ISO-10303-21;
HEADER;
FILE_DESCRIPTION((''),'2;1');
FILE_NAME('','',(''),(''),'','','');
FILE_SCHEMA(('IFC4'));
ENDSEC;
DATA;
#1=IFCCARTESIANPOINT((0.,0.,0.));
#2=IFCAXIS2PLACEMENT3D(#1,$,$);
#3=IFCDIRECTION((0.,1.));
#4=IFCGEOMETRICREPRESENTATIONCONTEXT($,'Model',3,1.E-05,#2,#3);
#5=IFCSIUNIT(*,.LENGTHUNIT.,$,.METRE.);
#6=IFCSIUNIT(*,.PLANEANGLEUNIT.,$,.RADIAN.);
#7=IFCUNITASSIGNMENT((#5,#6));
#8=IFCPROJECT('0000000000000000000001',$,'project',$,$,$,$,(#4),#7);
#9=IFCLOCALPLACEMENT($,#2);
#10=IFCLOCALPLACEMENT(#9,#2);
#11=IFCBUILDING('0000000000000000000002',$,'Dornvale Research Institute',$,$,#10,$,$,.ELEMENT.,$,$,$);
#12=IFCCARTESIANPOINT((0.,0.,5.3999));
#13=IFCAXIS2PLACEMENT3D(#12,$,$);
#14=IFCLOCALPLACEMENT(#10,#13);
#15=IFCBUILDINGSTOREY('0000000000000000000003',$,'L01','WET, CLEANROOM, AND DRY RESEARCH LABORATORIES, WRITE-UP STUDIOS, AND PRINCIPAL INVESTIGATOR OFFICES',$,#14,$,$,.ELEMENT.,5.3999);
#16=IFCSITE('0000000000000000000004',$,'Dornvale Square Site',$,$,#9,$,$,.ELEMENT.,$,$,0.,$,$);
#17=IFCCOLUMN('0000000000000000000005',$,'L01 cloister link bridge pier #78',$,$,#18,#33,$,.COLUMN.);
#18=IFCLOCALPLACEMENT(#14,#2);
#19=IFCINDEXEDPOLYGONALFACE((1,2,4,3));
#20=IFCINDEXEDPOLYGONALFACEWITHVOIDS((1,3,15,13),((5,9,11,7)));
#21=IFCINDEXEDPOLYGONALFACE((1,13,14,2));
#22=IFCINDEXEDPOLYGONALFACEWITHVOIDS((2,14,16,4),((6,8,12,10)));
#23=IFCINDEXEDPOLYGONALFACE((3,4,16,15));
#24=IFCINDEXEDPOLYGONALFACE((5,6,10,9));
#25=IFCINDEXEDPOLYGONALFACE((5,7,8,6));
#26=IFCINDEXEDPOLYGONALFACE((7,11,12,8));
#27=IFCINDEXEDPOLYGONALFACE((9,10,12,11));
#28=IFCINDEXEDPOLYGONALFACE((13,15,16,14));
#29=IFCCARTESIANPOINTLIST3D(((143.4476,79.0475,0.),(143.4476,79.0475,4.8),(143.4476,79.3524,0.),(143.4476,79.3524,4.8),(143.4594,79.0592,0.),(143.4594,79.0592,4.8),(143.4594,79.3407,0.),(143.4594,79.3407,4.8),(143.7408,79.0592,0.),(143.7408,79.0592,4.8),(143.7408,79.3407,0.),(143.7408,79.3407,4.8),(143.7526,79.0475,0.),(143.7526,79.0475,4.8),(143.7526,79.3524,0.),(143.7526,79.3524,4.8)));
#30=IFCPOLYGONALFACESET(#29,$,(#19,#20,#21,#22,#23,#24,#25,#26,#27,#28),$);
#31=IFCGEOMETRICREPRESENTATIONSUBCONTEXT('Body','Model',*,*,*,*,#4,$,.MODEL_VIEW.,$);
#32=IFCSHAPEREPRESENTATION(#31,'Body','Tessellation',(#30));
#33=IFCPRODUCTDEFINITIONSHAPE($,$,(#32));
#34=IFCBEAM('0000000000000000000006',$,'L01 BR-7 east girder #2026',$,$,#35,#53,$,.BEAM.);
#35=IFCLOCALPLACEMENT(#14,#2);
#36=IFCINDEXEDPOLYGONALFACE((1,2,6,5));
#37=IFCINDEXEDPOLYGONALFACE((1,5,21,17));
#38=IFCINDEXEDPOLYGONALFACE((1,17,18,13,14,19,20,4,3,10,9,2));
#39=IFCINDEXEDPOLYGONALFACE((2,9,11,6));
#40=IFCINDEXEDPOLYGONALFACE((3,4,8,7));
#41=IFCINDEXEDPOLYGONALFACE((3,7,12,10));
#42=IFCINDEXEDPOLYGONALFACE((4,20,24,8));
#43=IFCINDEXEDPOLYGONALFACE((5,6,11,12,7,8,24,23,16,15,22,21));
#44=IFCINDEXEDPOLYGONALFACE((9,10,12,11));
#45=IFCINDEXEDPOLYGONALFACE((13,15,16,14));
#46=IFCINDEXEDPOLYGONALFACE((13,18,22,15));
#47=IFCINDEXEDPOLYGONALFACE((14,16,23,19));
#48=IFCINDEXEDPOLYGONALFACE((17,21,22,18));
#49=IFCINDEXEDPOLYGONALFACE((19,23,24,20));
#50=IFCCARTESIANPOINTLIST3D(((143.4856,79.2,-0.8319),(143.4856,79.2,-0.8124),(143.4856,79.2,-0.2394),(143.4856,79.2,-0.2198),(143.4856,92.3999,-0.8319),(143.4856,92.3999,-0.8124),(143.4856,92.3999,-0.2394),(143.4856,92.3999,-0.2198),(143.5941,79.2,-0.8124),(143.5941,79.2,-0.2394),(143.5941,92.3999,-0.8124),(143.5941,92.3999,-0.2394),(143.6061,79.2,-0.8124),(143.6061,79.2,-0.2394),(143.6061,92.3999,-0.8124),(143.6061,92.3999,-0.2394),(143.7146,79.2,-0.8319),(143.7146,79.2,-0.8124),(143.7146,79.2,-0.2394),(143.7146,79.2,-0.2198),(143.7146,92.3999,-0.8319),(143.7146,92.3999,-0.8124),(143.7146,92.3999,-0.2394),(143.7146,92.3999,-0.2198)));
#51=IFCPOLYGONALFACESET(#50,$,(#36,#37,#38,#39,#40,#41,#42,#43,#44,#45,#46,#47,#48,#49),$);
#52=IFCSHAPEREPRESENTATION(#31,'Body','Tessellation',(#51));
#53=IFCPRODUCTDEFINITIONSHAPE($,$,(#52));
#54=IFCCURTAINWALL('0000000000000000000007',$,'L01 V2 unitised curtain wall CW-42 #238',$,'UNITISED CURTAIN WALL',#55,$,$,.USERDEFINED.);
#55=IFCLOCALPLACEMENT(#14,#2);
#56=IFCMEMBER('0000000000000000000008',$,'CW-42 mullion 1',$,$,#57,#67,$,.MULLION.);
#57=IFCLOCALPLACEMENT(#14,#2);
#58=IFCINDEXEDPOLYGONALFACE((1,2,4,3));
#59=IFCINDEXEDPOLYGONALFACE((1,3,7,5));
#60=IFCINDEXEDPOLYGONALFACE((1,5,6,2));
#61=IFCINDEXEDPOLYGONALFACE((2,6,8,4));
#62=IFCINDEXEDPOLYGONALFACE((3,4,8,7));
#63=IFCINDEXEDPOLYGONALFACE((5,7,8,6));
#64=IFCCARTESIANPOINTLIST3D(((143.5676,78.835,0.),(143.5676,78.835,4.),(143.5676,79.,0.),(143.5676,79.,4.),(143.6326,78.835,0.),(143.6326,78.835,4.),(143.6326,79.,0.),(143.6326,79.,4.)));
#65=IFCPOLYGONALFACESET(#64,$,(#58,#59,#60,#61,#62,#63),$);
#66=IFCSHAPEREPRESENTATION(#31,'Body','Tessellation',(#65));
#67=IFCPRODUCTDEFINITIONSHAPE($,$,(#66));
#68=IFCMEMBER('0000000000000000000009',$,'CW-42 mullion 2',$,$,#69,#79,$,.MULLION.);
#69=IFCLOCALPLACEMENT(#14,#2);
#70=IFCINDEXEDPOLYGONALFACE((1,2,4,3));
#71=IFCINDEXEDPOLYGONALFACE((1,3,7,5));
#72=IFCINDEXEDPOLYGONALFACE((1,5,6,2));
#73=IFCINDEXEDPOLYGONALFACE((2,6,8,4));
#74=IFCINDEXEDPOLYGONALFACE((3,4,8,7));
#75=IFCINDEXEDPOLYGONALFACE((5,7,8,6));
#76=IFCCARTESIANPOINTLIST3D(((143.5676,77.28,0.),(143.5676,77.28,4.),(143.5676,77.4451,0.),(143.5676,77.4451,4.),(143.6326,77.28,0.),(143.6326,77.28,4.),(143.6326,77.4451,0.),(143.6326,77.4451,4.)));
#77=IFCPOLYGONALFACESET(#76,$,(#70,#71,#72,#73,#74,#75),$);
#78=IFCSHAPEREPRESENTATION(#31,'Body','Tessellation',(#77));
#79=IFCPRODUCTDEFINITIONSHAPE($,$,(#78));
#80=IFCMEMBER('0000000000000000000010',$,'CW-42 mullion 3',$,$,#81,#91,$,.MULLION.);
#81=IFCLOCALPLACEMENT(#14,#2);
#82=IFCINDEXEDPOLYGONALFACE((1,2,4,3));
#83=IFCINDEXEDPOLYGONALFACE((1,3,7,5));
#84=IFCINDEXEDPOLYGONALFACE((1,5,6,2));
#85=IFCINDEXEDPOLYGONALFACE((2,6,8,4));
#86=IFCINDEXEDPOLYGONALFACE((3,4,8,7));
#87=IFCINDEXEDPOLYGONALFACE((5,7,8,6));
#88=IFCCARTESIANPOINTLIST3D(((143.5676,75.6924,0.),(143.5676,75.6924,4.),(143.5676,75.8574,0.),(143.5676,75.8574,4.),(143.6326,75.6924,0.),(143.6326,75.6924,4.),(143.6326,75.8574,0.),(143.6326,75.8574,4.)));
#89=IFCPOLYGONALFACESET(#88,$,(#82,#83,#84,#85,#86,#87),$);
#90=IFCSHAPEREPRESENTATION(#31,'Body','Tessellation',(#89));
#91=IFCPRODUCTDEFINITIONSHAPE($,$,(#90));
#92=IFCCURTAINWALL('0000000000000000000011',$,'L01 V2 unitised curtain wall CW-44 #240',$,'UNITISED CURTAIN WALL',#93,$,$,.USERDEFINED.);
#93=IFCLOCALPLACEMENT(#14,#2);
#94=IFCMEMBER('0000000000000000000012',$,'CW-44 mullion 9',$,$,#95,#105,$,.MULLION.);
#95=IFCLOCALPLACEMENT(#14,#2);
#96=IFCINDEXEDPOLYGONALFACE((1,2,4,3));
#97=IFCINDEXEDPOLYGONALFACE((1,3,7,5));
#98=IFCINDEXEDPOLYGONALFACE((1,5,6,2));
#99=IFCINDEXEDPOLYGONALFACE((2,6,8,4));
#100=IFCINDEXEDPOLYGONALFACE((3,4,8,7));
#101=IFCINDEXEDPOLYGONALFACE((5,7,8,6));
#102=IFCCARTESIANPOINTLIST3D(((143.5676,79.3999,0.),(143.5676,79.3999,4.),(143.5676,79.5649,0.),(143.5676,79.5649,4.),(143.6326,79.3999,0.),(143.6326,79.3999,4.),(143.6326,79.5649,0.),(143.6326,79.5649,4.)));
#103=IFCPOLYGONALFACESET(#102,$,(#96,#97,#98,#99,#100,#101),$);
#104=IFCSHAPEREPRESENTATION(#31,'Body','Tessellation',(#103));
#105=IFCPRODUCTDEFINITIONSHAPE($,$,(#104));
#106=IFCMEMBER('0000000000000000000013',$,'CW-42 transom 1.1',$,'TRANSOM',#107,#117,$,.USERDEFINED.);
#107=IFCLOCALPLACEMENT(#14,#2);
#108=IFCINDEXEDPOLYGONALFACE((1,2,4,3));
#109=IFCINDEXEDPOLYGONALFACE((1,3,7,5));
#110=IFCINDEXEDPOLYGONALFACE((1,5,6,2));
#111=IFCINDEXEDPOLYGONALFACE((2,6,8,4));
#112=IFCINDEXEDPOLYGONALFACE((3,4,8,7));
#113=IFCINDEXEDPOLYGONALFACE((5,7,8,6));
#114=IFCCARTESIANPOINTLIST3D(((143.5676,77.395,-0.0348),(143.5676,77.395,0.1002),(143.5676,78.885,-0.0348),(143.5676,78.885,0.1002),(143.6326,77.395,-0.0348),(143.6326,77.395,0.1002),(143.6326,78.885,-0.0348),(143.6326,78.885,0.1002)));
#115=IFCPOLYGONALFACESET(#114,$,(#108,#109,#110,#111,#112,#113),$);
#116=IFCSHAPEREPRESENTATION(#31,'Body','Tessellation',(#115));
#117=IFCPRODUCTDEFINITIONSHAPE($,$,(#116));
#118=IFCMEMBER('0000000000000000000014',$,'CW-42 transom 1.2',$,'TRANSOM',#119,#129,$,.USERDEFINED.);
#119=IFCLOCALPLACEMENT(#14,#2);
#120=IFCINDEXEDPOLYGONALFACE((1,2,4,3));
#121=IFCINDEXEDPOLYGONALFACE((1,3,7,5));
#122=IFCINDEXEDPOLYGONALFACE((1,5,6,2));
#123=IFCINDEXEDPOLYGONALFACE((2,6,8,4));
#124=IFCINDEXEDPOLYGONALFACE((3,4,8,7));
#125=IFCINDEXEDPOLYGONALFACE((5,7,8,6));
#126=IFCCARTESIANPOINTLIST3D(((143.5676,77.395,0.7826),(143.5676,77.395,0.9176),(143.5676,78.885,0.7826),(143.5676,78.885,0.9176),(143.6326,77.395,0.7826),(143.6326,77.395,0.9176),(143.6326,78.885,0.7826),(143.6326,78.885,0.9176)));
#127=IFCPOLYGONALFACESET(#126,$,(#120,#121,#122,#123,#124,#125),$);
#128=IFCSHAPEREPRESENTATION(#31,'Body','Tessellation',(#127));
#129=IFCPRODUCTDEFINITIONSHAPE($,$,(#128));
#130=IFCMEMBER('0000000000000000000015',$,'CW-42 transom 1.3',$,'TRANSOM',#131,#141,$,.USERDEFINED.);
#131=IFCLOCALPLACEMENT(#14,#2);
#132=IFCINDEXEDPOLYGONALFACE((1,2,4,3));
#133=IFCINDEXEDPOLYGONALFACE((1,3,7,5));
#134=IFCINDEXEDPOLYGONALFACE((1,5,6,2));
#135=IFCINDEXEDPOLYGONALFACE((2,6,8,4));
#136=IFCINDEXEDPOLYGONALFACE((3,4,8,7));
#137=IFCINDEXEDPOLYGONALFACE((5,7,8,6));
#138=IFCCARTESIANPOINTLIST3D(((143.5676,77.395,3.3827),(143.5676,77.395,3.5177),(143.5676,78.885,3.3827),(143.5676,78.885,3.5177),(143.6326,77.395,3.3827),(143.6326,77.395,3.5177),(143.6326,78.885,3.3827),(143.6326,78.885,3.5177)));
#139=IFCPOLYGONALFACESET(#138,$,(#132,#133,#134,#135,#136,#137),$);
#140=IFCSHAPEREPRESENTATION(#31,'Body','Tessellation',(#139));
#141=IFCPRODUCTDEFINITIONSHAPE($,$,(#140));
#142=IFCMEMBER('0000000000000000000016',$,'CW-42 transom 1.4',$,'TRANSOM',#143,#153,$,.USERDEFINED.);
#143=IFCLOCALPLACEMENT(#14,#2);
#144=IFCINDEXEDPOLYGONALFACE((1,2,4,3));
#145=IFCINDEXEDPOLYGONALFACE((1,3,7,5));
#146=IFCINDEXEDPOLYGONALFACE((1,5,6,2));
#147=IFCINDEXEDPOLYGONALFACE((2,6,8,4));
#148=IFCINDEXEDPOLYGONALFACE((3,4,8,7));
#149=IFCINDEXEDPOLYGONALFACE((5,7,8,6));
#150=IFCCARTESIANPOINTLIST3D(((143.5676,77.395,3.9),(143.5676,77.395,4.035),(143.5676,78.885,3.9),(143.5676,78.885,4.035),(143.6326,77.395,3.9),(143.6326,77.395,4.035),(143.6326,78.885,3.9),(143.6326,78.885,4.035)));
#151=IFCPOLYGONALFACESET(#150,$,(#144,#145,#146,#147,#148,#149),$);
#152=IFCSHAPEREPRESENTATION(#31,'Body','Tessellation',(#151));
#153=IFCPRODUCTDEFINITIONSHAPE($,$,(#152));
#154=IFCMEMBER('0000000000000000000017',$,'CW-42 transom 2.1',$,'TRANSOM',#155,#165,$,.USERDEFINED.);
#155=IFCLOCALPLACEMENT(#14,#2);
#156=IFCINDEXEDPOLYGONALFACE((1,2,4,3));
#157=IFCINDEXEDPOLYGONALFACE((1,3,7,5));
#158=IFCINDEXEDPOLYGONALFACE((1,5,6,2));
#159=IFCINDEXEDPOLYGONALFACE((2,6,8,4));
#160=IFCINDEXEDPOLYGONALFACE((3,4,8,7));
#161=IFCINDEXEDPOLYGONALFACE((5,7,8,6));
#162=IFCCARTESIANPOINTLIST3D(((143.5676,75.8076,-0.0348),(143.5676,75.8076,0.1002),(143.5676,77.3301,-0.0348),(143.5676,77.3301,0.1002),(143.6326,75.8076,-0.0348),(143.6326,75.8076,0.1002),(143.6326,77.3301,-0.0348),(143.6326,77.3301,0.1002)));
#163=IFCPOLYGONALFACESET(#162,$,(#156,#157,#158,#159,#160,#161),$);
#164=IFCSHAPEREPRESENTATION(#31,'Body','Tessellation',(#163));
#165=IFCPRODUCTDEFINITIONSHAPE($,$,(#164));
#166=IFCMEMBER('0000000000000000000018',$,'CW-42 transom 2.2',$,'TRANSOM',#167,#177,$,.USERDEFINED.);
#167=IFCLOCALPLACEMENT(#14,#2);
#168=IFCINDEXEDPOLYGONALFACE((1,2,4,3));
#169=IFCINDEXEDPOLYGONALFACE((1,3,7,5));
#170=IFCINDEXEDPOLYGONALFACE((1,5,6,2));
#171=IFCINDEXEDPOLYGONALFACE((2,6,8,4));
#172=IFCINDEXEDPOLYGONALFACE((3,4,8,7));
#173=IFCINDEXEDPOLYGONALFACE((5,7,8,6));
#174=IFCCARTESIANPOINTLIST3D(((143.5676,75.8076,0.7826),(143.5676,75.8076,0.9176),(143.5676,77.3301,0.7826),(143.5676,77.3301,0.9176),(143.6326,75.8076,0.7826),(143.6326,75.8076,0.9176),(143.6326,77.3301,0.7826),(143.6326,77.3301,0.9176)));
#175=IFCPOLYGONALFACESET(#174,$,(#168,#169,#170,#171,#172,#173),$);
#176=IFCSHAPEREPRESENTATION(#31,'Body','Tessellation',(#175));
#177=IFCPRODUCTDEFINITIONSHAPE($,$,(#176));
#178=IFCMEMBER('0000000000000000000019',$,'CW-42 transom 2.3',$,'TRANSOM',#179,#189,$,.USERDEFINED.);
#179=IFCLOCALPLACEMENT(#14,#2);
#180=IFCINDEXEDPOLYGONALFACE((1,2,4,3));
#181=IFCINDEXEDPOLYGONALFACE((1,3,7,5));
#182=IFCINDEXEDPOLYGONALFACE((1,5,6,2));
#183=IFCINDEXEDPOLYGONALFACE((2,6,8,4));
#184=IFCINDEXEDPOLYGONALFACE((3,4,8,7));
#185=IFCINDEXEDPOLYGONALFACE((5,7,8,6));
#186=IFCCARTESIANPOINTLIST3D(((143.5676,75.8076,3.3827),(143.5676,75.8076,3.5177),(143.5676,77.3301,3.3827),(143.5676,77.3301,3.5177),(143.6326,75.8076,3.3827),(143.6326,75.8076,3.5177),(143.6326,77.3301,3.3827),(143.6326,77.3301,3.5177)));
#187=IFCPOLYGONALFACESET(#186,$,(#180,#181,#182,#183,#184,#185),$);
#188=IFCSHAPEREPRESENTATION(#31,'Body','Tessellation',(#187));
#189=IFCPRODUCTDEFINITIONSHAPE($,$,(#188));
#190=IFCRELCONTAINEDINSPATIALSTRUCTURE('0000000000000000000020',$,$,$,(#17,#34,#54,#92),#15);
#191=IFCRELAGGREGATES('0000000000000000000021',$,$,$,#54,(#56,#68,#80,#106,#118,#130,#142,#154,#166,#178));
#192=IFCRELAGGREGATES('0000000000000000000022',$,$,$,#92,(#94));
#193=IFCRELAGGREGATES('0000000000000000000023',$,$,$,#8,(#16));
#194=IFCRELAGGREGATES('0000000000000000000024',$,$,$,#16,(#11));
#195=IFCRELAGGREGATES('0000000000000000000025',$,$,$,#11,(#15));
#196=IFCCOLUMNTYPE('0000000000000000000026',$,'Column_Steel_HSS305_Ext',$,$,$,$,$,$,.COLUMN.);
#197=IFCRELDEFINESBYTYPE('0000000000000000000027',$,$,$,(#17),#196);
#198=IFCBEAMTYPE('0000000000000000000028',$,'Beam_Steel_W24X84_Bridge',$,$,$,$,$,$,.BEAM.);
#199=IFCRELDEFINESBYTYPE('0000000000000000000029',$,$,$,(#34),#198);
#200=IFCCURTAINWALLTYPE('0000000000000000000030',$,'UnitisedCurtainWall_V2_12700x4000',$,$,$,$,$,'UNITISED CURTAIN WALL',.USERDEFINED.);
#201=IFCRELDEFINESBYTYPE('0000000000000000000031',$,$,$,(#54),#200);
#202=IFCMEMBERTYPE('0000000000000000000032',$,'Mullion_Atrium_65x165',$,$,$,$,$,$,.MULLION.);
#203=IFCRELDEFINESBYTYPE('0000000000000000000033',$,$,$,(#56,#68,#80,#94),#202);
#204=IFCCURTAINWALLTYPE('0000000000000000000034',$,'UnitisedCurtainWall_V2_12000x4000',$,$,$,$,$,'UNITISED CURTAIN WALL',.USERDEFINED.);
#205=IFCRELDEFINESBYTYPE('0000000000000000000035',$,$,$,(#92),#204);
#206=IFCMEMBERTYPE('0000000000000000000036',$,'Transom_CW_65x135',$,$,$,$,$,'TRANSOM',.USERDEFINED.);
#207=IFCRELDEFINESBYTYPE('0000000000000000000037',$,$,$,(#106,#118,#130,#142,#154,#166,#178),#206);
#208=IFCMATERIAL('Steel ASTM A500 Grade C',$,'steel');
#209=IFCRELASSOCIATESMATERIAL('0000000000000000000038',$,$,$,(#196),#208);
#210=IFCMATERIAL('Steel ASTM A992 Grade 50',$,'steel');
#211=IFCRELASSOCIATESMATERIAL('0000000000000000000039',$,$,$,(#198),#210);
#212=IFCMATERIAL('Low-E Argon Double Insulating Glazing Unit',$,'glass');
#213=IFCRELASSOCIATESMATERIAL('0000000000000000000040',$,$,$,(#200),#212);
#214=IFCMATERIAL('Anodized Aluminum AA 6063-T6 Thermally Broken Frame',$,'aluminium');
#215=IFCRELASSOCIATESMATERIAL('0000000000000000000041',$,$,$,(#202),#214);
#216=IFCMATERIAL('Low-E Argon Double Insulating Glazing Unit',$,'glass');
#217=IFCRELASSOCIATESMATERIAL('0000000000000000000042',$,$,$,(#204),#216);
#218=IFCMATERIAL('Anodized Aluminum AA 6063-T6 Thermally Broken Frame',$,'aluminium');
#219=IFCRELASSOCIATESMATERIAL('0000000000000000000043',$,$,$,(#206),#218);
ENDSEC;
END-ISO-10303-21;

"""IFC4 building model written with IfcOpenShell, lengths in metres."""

from ifc_helpers import new_model, si_unit, direction, frame, origin, origin_2d, place, context, subcontext, project, spatial, rectangle, hollow_rectangle, i_section, extrude, material, material_profile, profile_set, type_object, element, aggregate, save


model = new_model("IFC4")

# Units and contexts
model_context = context("Model", 3, precision=1e-05, world=origin(), true_north=direction((0.0, 1.0)))
body_context = subcontext(model_context, "Body", "Model", "MODEL_VIEW")
ifc_project = project(units=[si_unit("LENGTHUNIT", "METRE"), si_unit("PLANEANGLEUNIT", "RADIAN")], contexts=[model_context])

# Site, building, storey
site_placement = place(None, origin())
site = spatial("IfcSite", under=ifc_project, at=site_placement, Name="Dornvale Square Site", CompositionType="ELEMENT", RefElevation=0.0)
building_placement = place(site_placement, origin())
building = spatial("IfcBuilding", under=site, at=building_placement, Name="Dornvale Research Institute", CompositionType="ELEMENT")
storey_placement = place(building_placement, frame((0.0, 0.0, 5.3999)))
storey = spatial("IfcBuildingStorey", under=building, at=storey_placement, Name="L01", Description="WET, CLEANROOM, AND DRY RESEARCH LABORATORIES, WRITE-UP STUDIOS, AND PRINCIPAL INVESTIGATOR OFFICES", CompositionType="ELEMENT", Elevation=5.3999)

# Column
ifc_material_1 = material(Name="Steel ASTM A500 Grade C", Category="steel")
ifc_material_profile_1 = material_profile(ifc_material_1, hollow_rectangle(XDim=0.3049, YDim=0.3049, WallThickness=0.0117, at=origin_2d()), Name="HSS305X305X12.7")
ifc_profile_set_1 = profile_set([ifc_material_profile_1], Name="Steel ASTM A500 Grade C")
column_type = type_object("IfcColumnType", Name="Column_Steel_HSS305_Ext", PredefinedType="COLUMN", material=ifc_profile_set_1)
column_placement = place(storey_placement, frame((143.6001, 79.2, 0.0), z_axis=(0.0, 0.0, 1.0), x_axis=(1.0, 0.0, 0.0)))
element("IfcColumn", 1, at=column_placement, inside=storey, type_object=column_type, Name="L01 cloister link bridge pier #78", PredefinedType="COLUMN", context=body_context, shape_type="SweptSolid", body=[
    extrude(hollow_rectangle(XDim=0.3049, YDim=0.3049, WallThickness=0.0117, at=origin_2d()), origin(), (0.0, 0.0, 1.0), 4.8),
])

# Beam
ifc_material_2 = material(Name="Steel ASTM A992 Grade 50", Category="steel")
ifc_material_profile_2 = material_profile(ifc_material_2, i_section(OverallWidth=0.229, OverallDepth=0.6121, WebThickness=0.012, FlangeThickness=0.0195, at=origin_2d()), Name="W24X84")
ifc_profile_set_2 = profile_set([ifc_material_profile_2], Name="Steel ASTM A992 Grade 50")
beam_type = type_object("IfcBeamType", Name="Beam_Steel_W24X84_Bridge", PredefinedType="BEAM", material=ifc_profile_set_2)
beam_placement = place(storey_placement, frame((143.6001, 79.2, -0.5259), z_axis=(0.0, 1.0, 0.0), x_axis=(-1.0, 0.0, 0.0)))
element("IfcBeam", 2, at=beam_placement, inside=storey, type_object=beam_type, Name="L01 BR-7 east girder #2026", PredefinedType="BEAM", context=body_context, shape_type="SweptSolid", body=[
    extrude(i_section(OverallWidth=0.229, OverallDepth=0.6121, WebThickness=0.012, FlangeThickness=0.0195, at=origin_2d()), origin(), (0.0, 0.0, 1.0), 13.2),
])

# Curtain wall, members
ifc_material_3 = material(Name="Low-E Argon Double Insulating Glazing Unit", Category="glass")
curtain_wall_type_1 = type_object("IfcCurtainWallType", Name="UnitisedCurtainWall_V2_12700x4000", ElementType="UNITISED CURTAIN WALL", PredefinedType="USERDEFINED", material=ifc_material_3)
curtain_wall_1_placement = place(storey_placement, origin())
curtain_wall_1 = element("IfcCurtainWall", 3, at=curtain_wall_1_placement, inside=storey, type_object=curtain_wall_type_1, Name="L01 V2 unitised curtain wall CW-42 #238", ObjectType="UNITISED CURTAIN WALL", PredefinedType="USERDEFINED")
ifc_material_4 = material(Name="Anodized Aluminum AA 6063-T6 Thermally Broken Frame", Category="aluminium")
ifc_material_profile_3 = material_profile(ifc_material_4, rectangle(XDim=0.0649, YDim=0.165, at=origin_2d()), Name="ALU MULLION 65x165")
ifc_profile_set_3 = profile_set([ifc_material_profile_3], Name="Anodized Aluminum AA 6063-T6 Thermally Broken Frame")
member_type_1 = type_object("IfcMemberType", Name="Mullion_Atrium_65x165", PredefinedType="MULLION", material=ifc_profile_set_3)
member_1_placement = place(storey_placement, frame((143.6001, 78.9175, 0.0), z_axis=(0.0, 0.0, 1.0), x_axis=(1.0, 0.0, 0.0)))
member_1 = element("IfcMember", 4, at=member_1_placement, type_object=member_type_1, Name="CW-42 mullion 1", PredefinedType="MULLION", context=body_context, shape_type="SweptSolid", body=[
    extrude(rectangle(XDim=0.0649, YDim=0.165, at=origin_2d()), origin(), (0.0, 0.0, 1.0), 4.0),
])
member_2_placement = place(storey_placement, frame((143.6001, 77.3625, 0.0), z_axis=(0.0, 0.0, 1.0), x_axis=(1.0, 0.0, 0.0)))
member_2 = element("IfcMember", 5, at=member_2_placement, type_object=member_type_1, Name="CW-42 mullion 2", PredefinedType="MULLION", context=body_context, shape_type="SweptSolid", body=[
    extrude(rectangle(XDim=0.0649, YDim=0.165, at=origin_2d()), origin(), (0.0, 0.0, 1.0), 4.0),
])
member_3_placement = place(storey_placement, frame((143.6001, 75.7749, 0.0), z_axis=(0.0, 0.0, 1.0), x_axis=(1.0, 0.0, 0.0)))
member_3 = element("IfcMember", 6, at=member_3_placement, type_object=member_type_1, Name="CW-42 mullion 3", PredefinedType="MULLION", context=body_context, shape_type="SweptSolid", body=[
    extrude(rectangle(XDim=0.0649, YDim=0.165, at=origin_2d()), origin(), (0.0, 0.0, 1.0), 4.0),
])

# Curtain wall, member
ifc_material_5 = material(Name="Low-E Argon Double Insulating Glazing Unit", Category="glass")
curtain_wall_type_2 = type_object("IfcCurtainWallType", Name="UnitisedCurtainWall_V2_12000x4000", ElementType="UNITISED CURTAIN WALL", PredefinedType="USERDEFINED", material=ifc_material_5)
curtain_wall_2_placement = place(storey_placement, origin())
curtain_wall_2 = element("IfcCurtainWall", 7, at=curtain_wall_2_placement, inside=storey, type_object=curtain_wall_type_2, Name="L01 V2 unitised curtain wall CW-44 #240", ObjectType="UNITISED CURTAIN WALL", PredefinedType="USERDEFINED")
member_4_placement = place(storey_placement, frame((143.6001, 79.4824, 0.0), z_axis=(0.0, 0.0, 1.0), x_axis=(1.0, 0.0, 0.0)))
member_4 = element("IfcMember", 8, at=member_4_placement, type_object=member_type_1, Name="CW-44 mullion 9", PredefinedType="MULLION", context=body_context, shape_type="SweptSolid", body=[
    extrude(rectangle(XDim=0.0649, YDim=0.165, at=origin_2d()), origin(), (0.0, 0.0, 1.0), 4.0),
])

# Members
ifc_material_6 = material(Name="Anodized Aluminum AA 6063-T6 Thermally Broken Frame", Category="aluminium")
ifc_material_profile_4 = material_profile(ifc_material_6, rectangle(XDim=0.0649, YDim=0.135, at=origin_2d()), Name="ALU TRANSOM 65x135")
ifc_profile_set_4 = profile_set([ifc_material_profile_4], Name="Anodized Aluminum AA 6063-T6 Thermally Broken Frame")
member_type_2 = type_object("IfcMemberType", Name="Transom_CW_65x135", ElementType="TRANSOM", PredefinedType="USERDEFINED", material=ifc_profile_set_4)
member_5_placement = place(storey_placement, frame((143.6001, 78.885, 0.0327), z_axis=(0.0, -1.0, 0.0), x_axis=(1.0, 0.0, 0.0)))
member_5 = element("IfcMember", 9, at=member_5_placement, type_object=member_type_2, Name="CW-42 transom 1.1", ObjectType="TRANSOM", PredefinedType="USERDEFINED", context=body_context, shape_type="SweptSolid", body=[
    extrude(rectangle(XDim=0.0649, YDim=0.135, at=origin_2d()), origin(), (0.0, 0.0, 1.0), 1.49),
])
member_6_placement = place(storey_placement, frame((143.6001, 78.885, 0.8501), z_axis=(0.0, -1.0, 0.0), x_axis=(1.0, 0.0, 0.0)))
member_6 = element("IfcMember", 10, at=member_6_placement, type_object=member_type_2, Name="CW-42 transom 1.2", ObjectType="TRANSOM", PredefinedType="USERDEFINED", context=body_context, shape_type="SweptSolid", body=[
    extrude(rectangle(XDim=0.0649, YDim=0.135, at=origin_2d()), origin(), (0.0, 0.0, 1.0), 1.49),
])
member_7_placement = place(storey_placement, frame((143.6001, 78.885, 3.4502), z_axis=(0.0, -1.0, 0.0), x_axis=(1.0, 0.0, 0.0)))
member_7 = element("IfcMember", 11, at=member_7_placement, type_object=member_type_2, Name="CW-42 transom 1.3", ObjectType="TRANSOM", PredefinedType="USERDEFINED", context=body_context, shape_type="SweptSolid", body=[
    extrude(rectangle(XDim=0.0649, YDim=0.135, at=origin_2d()), origin(), (0.0, 0.0, 1.0), 1.49),
])
member_8_placement = place(storey_placement, frame((143.6001, 78.885, 3.9675), z_axis=(0.0, -1.0, 0.0), x_axis=(1.0, 0.0, 0.0)))
member_8 = element("IfcMember", 12, at=member_8_placement, type_object=member_type_2, Name="CW-42 transom 1.4", ObjectType="TRANSOM", PredefinedType="USERDEFINED", context=body_context, shape_type="SweptSolid", body=[
    extrude(rectangle(XDim=0.0649, YDim=0.135, at=origin_2d()), origin(), (0.0, 0.0, 1.0), 1.49),
])
member_9_placement = place(storey_placement, frame((143.6001, 77.3301, 0.0327), z_axis=(0.0, -1.0, 0.0), x_axis=(1.0, 0.0, 0.0)))
member_9 = element("IfcMember", 13, at=member_9_placement, type_object=member_type_2, Name="CW-42 transom 2.1", ObjectType="TRANSOM", PredefinedType="USERDEFINED", context=body_context, shape_type="SweptSolid", body=[
    extrude(rectangle(XDim=0.0649, YDim=0.135, at=origin_2d()), origin(), (0.0, 0.0, 1.0), 1.5225),
])
member_10_placement = place(storey_placement, frame((143.6001, 77.3301, 0.8501), z_axis=(0.0, -1.0, 0.0), x_axis=(1.0, 0.0, 0.0)))
member_10 = element("IfcMember", 14, at=member_10_placement, type_object=member_type_2, Name="CW-42 transom 2.2", ObjectType="TRANSOM", PredefinedType="USERDEFINED", context=body_context, shape_type="SweptSolid", body=[
    extrude(rectangle(XDim=0.0649, YDim=0.135, at=origin_2d()), origin(), (0.0, 0.0, 1.0), 1.5225),
])
member_11_placement = place(storey_placement, frame((143.6001, 77.3301, 3.4502), z_axis=(0.0, -1.0, 0.0), x_axis=(1.0, 0.0, 0.0)))
member_11 = element("IfcMember", 15, at=member_11_placement, type_object=member_type_2, Name="CW-42 transom 2.3", ObjectType="TRANSOM", PredefinedType="USERDEFINED", context=body_context, shape_type="SweptSolid", body=[
    extrude(rectangle(XDim=0.0649, YDim=0.135, at=origin_2d()), origin(), (0.0, 0.0, 1.0), 1.5225),
])

aggregate(curtain_wall_1, [member_1, member_2, member_3, member_5, member_6, member_7, member_8, member_9, member_10, member_11])
aggregate(curtain_wall_2, [member_4])

save(model, "model.ifc")
